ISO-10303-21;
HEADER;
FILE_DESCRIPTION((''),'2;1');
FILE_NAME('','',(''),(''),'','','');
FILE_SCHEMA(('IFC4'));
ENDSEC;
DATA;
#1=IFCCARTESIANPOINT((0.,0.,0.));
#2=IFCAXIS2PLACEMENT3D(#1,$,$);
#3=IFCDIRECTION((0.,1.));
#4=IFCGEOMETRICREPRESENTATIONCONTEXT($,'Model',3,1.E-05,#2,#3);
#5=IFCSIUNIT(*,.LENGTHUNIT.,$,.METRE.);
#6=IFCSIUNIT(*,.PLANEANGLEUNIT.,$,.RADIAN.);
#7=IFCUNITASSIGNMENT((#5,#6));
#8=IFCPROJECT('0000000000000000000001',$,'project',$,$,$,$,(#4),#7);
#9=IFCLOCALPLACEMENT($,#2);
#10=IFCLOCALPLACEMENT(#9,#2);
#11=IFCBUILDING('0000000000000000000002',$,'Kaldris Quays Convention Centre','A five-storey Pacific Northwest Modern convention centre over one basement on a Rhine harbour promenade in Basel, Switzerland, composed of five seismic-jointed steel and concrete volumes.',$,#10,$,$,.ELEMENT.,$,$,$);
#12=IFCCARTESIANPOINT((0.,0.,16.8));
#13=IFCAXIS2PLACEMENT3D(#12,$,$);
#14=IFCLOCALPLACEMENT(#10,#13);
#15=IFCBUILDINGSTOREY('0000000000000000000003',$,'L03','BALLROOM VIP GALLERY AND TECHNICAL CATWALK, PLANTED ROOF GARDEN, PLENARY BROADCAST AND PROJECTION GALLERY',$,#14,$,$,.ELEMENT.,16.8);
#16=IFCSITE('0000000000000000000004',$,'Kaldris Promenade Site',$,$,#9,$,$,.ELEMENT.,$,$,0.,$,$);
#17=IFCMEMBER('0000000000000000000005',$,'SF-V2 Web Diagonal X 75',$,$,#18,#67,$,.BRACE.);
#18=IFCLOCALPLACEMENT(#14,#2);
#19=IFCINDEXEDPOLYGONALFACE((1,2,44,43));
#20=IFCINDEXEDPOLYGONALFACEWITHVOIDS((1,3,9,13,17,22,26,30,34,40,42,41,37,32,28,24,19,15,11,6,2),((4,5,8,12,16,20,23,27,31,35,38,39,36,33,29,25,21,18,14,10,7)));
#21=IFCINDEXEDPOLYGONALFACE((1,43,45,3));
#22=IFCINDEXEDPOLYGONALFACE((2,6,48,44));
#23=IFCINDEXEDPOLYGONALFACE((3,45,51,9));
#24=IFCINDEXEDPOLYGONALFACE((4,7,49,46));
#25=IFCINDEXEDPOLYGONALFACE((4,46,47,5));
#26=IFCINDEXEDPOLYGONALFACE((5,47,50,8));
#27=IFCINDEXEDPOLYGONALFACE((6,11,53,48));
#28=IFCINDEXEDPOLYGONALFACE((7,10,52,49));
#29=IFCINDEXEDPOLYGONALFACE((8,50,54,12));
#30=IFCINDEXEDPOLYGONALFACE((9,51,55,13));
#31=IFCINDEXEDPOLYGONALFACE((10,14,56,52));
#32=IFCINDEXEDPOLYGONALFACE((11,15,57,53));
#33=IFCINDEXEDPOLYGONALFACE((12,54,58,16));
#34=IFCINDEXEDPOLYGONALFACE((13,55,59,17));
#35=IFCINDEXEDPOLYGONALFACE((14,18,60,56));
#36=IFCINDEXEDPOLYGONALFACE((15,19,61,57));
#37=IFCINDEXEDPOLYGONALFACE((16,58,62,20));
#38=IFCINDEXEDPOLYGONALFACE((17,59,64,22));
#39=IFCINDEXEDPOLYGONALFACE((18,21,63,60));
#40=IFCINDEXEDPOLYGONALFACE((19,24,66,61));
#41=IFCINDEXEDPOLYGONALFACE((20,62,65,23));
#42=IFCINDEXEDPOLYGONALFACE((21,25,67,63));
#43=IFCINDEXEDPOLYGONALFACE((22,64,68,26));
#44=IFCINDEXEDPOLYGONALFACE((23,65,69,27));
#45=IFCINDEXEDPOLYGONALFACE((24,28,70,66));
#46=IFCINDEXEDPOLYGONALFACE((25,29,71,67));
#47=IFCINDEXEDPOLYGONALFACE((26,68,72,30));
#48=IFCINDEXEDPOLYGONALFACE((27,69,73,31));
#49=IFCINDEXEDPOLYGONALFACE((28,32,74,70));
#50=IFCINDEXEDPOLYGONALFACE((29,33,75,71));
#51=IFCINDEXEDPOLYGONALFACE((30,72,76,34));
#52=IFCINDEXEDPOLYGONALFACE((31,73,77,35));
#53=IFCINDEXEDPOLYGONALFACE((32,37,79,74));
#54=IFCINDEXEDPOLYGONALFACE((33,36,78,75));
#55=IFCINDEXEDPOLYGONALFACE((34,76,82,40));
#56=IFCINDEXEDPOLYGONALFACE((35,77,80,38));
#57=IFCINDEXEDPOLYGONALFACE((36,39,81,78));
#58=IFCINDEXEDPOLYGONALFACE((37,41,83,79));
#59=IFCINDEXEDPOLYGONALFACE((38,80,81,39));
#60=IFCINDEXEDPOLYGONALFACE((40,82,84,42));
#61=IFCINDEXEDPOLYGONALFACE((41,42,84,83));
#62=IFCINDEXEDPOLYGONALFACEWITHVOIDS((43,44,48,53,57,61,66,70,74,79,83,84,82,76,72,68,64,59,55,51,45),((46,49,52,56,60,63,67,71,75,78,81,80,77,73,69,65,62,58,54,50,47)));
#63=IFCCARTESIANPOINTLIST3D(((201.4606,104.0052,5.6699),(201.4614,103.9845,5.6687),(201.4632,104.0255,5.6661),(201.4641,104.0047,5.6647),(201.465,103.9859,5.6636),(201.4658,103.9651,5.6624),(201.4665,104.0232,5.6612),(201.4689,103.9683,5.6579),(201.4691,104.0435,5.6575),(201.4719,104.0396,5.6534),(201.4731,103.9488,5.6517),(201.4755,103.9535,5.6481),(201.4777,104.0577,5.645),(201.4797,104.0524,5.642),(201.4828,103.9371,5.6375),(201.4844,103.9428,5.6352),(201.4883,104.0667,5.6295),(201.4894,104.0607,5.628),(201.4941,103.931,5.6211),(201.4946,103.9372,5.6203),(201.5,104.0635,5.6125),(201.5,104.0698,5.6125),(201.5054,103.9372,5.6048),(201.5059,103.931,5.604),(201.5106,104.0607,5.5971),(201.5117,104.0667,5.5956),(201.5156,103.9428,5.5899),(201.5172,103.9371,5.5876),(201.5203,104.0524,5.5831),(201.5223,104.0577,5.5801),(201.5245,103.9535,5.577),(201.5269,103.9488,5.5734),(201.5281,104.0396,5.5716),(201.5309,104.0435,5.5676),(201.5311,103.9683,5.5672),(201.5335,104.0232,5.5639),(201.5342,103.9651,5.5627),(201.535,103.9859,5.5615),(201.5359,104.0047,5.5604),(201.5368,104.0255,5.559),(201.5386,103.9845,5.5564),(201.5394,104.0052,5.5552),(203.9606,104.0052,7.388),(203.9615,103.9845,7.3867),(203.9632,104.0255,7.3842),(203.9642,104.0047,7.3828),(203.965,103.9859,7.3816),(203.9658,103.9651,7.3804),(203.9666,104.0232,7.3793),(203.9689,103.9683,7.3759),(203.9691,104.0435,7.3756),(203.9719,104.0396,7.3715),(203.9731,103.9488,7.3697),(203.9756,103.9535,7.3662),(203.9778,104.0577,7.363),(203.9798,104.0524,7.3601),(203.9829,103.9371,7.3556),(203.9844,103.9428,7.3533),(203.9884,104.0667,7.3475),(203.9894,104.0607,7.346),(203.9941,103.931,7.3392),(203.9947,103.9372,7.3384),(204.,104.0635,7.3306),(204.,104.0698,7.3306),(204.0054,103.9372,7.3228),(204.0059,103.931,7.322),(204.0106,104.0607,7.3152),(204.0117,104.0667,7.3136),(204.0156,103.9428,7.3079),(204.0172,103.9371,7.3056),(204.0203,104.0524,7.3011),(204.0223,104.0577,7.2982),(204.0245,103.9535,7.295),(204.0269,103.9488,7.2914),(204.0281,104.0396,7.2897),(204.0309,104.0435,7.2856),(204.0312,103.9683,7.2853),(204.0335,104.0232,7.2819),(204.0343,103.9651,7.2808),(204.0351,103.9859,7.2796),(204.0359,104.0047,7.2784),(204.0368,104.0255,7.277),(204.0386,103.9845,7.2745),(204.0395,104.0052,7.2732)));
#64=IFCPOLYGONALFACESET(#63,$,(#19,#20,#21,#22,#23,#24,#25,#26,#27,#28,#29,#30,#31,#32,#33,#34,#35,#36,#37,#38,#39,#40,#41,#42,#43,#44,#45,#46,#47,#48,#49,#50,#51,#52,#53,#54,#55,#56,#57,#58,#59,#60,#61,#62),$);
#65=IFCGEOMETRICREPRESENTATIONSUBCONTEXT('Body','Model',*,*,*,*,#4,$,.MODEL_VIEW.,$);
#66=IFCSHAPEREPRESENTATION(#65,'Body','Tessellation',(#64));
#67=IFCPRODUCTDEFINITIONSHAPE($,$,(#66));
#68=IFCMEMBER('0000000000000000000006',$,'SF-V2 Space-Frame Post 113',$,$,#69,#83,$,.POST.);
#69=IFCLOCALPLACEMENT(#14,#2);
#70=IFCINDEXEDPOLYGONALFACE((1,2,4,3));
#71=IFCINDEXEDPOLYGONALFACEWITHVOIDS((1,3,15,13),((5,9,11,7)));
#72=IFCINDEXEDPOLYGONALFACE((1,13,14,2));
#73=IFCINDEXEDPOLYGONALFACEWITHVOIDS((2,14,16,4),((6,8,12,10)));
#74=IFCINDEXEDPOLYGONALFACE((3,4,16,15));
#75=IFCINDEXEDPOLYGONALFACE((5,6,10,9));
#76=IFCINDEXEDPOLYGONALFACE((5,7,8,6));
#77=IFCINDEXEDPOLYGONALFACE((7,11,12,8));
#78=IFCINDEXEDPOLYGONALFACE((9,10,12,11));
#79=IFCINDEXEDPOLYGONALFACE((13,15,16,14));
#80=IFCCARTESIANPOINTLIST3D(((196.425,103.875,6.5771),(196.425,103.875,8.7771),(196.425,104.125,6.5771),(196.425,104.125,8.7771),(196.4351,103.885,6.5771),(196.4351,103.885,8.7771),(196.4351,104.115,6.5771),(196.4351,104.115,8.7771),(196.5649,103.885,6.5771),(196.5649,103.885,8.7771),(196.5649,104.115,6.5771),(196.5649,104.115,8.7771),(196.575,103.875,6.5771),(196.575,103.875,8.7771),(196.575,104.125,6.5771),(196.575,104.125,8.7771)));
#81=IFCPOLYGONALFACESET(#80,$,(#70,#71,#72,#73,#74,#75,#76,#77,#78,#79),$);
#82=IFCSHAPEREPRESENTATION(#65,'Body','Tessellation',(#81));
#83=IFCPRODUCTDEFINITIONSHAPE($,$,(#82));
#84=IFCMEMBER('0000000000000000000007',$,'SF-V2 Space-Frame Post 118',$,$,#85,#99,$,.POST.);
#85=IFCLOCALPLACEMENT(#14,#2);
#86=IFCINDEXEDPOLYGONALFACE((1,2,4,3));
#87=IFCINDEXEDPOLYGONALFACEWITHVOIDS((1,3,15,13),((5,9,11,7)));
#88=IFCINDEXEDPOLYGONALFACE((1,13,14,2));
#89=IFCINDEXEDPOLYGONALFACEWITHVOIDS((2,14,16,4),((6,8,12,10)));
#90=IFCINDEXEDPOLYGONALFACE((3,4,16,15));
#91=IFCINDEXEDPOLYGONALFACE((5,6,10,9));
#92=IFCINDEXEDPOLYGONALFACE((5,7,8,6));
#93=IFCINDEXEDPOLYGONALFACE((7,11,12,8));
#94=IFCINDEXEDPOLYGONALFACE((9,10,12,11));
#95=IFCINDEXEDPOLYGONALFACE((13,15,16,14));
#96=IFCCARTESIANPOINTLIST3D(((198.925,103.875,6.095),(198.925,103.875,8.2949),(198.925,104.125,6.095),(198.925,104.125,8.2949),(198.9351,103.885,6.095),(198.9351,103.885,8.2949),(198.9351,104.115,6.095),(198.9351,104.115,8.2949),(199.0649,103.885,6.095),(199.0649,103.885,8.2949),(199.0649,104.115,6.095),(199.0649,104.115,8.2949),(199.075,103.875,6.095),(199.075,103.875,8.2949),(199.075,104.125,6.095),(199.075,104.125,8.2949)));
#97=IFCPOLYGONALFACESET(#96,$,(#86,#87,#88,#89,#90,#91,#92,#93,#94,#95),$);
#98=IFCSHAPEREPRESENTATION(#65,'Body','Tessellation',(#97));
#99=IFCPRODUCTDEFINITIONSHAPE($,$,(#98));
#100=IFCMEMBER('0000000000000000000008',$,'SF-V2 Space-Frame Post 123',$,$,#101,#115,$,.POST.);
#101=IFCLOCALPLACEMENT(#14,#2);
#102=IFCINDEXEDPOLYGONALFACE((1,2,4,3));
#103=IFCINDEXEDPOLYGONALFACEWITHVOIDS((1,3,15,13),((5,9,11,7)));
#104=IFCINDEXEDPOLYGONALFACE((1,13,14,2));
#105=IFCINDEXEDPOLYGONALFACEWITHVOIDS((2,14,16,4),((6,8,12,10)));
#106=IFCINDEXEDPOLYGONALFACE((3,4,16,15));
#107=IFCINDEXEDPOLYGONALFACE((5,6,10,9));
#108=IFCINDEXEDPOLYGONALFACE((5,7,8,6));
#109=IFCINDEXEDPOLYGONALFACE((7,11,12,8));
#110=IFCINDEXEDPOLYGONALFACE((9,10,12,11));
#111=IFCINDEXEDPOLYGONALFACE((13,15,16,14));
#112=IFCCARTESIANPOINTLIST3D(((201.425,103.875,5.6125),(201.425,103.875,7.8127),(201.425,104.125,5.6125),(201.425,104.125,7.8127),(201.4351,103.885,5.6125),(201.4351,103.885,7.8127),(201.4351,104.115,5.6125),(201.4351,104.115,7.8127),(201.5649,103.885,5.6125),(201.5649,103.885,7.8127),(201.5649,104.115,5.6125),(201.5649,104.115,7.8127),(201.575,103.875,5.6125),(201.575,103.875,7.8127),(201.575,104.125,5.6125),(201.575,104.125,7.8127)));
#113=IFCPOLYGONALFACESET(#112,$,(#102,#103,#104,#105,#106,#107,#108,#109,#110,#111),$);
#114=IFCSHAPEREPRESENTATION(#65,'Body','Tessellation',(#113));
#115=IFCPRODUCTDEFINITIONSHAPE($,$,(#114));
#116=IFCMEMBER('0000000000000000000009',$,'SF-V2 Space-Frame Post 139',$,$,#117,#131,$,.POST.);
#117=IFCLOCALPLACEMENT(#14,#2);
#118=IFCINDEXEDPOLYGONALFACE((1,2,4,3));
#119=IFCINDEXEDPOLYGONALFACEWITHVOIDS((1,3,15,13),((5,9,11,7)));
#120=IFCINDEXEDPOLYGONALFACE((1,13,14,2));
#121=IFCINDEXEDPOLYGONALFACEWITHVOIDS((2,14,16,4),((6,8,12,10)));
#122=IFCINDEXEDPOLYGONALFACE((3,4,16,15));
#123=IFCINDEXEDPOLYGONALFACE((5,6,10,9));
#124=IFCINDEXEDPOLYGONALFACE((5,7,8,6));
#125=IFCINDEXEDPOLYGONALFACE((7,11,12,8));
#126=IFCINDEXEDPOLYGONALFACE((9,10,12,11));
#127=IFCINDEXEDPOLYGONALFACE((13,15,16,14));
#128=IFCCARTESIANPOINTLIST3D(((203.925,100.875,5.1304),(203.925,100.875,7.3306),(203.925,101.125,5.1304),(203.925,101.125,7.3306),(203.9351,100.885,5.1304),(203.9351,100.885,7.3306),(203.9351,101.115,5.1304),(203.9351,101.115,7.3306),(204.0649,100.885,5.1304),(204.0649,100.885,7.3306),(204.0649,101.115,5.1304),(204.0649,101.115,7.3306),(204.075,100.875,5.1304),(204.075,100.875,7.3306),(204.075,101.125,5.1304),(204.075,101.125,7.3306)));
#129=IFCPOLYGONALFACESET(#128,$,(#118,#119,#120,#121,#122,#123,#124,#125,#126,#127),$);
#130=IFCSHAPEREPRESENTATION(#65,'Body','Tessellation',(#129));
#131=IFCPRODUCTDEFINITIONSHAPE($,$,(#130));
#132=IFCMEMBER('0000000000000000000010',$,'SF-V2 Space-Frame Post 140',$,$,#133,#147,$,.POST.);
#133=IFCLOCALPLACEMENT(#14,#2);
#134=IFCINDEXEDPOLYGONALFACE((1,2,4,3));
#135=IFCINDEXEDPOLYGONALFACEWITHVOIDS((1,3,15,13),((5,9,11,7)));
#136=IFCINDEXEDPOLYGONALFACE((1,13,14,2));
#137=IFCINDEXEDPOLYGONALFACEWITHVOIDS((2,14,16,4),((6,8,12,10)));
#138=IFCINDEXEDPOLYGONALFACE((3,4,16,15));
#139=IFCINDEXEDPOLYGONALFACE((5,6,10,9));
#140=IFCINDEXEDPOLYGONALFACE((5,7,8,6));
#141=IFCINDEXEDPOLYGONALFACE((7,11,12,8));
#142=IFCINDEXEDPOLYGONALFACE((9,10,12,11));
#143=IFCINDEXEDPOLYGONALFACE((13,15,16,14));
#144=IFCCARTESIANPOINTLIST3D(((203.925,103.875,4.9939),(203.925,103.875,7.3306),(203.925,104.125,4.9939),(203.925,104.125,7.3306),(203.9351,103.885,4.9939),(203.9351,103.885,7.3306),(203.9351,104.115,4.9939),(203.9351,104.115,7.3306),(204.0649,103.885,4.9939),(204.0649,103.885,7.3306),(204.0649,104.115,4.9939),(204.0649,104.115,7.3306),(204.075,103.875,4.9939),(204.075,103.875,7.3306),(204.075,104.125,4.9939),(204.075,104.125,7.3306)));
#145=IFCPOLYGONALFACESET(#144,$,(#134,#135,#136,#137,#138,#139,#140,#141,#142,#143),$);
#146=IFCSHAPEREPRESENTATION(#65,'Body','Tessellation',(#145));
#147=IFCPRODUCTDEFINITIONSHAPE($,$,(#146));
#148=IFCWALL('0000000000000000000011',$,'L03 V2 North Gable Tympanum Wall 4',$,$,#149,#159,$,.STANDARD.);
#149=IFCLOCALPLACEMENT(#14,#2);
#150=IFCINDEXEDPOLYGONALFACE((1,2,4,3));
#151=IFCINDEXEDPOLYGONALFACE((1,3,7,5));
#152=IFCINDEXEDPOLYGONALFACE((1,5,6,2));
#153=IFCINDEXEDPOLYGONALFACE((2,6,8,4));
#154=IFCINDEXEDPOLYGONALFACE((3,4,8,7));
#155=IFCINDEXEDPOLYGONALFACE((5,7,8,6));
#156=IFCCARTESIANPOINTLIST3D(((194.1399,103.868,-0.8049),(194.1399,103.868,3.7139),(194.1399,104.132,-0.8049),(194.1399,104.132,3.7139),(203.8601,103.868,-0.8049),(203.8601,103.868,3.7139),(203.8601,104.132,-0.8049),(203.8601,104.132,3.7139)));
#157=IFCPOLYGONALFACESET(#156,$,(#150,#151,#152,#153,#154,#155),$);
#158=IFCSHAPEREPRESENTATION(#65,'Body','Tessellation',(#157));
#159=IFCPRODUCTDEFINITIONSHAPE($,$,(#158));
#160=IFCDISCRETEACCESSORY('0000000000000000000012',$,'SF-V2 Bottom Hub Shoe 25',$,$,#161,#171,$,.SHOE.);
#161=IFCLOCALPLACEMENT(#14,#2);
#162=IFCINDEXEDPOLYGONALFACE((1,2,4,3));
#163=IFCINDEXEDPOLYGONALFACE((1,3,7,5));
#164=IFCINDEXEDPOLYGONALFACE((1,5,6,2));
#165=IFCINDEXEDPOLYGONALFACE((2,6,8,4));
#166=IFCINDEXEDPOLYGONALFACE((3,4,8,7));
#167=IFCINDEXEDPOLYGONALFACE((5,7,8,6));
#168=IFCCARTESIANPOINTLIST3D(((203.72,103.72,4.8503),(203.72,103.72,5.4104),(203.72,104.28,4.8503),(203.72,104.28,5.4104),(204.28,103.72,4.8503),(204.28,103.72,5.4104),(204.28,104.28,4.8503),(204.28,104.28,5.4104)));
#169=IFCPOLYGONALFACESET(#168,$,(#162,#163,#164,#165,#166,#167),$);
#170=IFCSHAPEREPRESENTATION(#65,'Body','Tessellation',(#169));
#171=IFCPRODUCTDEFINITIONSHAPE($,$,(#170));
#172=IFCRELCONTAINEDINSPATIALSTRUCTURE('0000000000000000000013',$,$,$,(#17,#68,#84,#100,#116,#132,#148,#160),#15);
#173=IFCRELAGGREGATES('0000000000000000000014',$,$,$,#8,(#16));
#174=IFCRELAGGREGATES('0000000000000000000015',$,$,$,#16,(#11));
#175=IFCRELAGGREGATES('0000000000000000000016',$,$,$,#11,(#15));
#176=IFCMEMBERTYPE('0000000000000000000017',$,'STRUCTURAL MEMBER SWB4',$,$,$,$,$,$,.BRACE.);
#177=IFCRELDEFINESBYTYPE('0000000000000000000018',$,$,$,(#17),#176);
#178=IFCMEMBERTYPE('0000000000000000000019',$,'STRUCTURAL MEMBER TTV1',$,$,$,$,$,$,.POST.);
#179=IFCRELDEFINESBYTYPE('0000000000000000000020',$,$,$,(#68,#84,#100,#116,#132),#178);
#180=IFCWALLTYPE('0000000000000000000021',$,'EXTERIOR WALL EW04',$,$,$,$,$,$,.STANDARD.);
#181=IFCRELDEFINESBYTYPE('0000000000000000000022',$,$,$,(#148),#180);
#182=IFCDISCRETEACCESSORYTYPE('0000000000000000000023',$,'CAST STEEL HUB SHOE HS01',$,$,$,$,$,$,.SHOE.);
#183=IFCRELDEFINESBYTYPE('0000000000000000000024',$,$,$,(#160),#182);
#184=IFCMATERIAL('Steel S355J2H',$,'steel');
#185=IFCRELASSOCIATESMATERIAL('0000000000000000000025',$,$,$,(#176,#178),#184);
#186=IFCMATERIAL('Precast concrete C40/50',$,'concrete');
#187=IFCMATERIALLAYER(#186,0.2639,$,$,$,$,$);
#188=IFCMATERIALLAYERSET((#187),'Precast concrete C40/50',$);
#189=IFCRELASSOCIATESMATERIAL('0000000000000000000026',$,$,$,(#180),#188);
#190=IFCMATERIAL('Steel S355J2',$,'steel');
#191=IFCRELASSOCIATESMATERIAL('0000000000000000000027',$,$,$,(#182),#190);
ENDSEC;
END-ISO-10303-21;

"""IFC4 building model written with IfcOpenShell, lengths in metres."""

from ifc_helpers import new_model, si_unit, direction, frame, frame_2d, origin, origin_2d, place, context, subcontext, project, spatial, rectangle, hollow_rectangle, hollow_circle, extrude, material, layer, layer_set, material_profile, profile_set, type_object, element, save


model = new_model("IFC4")

# Units and contexts
model_context = context("Model", 3, precision=1e-05, world=origin(), true_north=direction((0.0, 1.0)))
body_context = subcontext(model_context, "Body", "Model", "MODEL_VIEW")
ifc_project = project(units=[si_unit("LENGTHUNIT", "METRE"), si_unit("PLANEANGLEUNIT", "RADIAN")], contexts=[model_context])

# Site, building, storey
site_placement = place(None, origin())
site = spatial("IfcSite", under=ifc_project, at=site_placement, Name="Kaldris Promenade Site", CompositionType="ELEMENT", RefElevation=0.0)
building_placement = place(site_placement, origin())
building = spatial("IfcBuilding", under=site, at=building_placement, Name="Kaldris Quays Convention Centre", Description="A five-storey Pacific Northwest Modern convention centre over one basement on a Rhine harbour promenade in Basel, Switzerland, composed of five seismic-jointed steel and concrete volumes.", CompositionType="ELEMENT")
storey_placement = place(building_placement, frame((0.0, 0.0, 16.8)))
storey = spatial("IfcBuildingStorey", under=building, at=storey_placement, Name="L03", Description="BALLROOM VIP GALLERY AND TECHNICAL CATWALK, PLANTED ROOF GARDEN, PLENARY BROADCAST AND PROJECTION GALLERY", CompositionType="ELEMENT", Elevation=16.8)

# Shared definitions
ifc_material_1 = material(Name="Steel S355J2", Category="steel")

# Members
ifc_material_2 = material(Name="Steel S355J2H", Category="steel")
ifc_material_profile_1 = material_profile(ifc_material_2, hollow_circle(Radius=0.0698, WallThickness=0.0063, at=origin_2d()), Name="CHS 139.7x6.3")
ifc_profile_set_1 = profile_set([ifc_material_profile_1], Name="Steel S355J2H")
member_type_1 = type_object("IfcMemberType", Name="STRUCTURAL MEMBER SWB4", PredefinedType="BRACE", material=ifc_profile_set_1)
member_1_placement = place(storey_placement, frame((201.5, 104.0, 5.6125), z_axis=(0.824155, 0.0, 0.566365), x_axis=(0.0, 1.0, 0.0)))
element("IfcMember", 1, at=member_1_placement, inside=storey, type_object=member_type_1, Name="SF-V2 Web Diagonal X 75", PredefinedType="BRACE", context=body_context, shape_type="SweptSolid", body=[
    extrude(hollow_circle(Radius=0.0698, WallThickness=0.0063, at=origin_2d()), origin(), (0.0, 0.0, 1.0), 3.0334),
])
ifc_material_profile_2 = material_profile(ifc_material_2, hollow_rectangle(XDim=0.1499, YDim=0.25, WallThickness=0.01, at=origin_2d()), Name="RHS 250x150x10")
ifc_profile_set_2 = profile_set([ifc_material_profile_2], Name="Steel S355J2H")
member_type_2 = type_object("IfcMemberType", Name="STRUCTURAL MEMBER TTV1", PredefinedType="POST", material=ifc_profile_set_2)
for number, where, z_axis, x_axis, name in (
    (2, (196.5, 104.0, 6.5771), (0.0, 0.0, 1.0), (1.0, 0.0, 0.0), "SF-V2 Space-Frame Post 113"),
    (3, (199.0, 104.0, 6.095), (0.0, 0.0, 1.0), (1.0, 0.0, 0.0), "SF-V2 Space-Frame Post 118"),
):
    element("IfcMember", number, at=place(storey_placement, frame(where, z_axis=z_axis, x_axis=x_axis)), inside=storey, type_object=member_type_2, Name=name, PredefinedType="POST", context=body_context, shape_type="SweptSolid", body=[
        extrude(hollow_rectangle(XDim=0.1499, YDim=0.25, WallThickness=0.01, at=origin_2d()), origin(), (0.0, 0.0, 1.0), 2.2),
    ])
for number, where, z_axis, x_axis, name in (
    (4, (201.5, 104.0, 5.6125), (0.0, 0.0, 1.0), (1.0, 0.0, 0.0), "SF-V2 Space-Frame Post 123"),
    (5, (204.0, 101.0, 5.1304), (0.0, 0.0, 1.0), (1.0, 0.0, 0.0), "SF-V2 Space-Frame Post 139"),
):
    element("IfcMember", number, at=place(storey_placement, frame(where, z_axis=z_axis, x_axis=x_axis)), inside=storey, type_object=member_type_2, Name=name, PredefinedType="POST", context=body_context, shape_type="SweptSolid", body=[
        extrude(hollow_rectangle(XDim=0.1499, YDim=0.25, WallThickness=0.01, at=origin_2d()), origin(), (0.0, 0.0, 1.0), 2.2002),
    ])
member_2_placement = place(storey_placement, frame((204.0, 104.0, 4.9939), z_axis=(0.0, 0.0, 1.0), x_axis=(1.0, 0.0, 0.0)))
element("IfcMember", 6, at=member_2_placement, inside=storey, type_object=member_type_2, Name="SF-V2 Space-Frame Post 140", PredefinedType="POST", context=body_context, shape_type="SweptSolid", body=[
    extrude(hollow_rectangle(XDim=0.1499, YDim=0.25, WallThickness=0.01, at=origin_2d()), origin(), (0.0, 0.0, 1.0), 2.3367),
])

# Wall
ifc_material_3 = material(Name="Precast concrete C40/50", Category="concrete")
ifc_layer = layer(ifc_material_3, 0.2639)
ifc_layer_set = layer_set([ifc_layer], Name="Precast concrete C40/50")
wall_type = type_object("IfcWallType", Name="EXTERIOR WALL EW04", PredefinedType="STANDARD", material=ifc_layer_set)
wall_placement = place(storey_placement, frame((194.1399, 104.0, -0.8049), z_axis=(0.0, 0.0, 1.0), x_axis=(1.0, 0.0, 0.0)))
element("IfcWall", 7, at=wall_placement, inside=storey, type_object=wall_type, Name="L03 V2 North Gable Tympanum Wall 4", PredefinedType="STANDARD", context=body_context, shape_type="SweptSolid", body=[
    extrude(rectangle(XDim=9.7202, YDim=0.2639, at=frame_2d((4.8601, 0.0))), origin(), (0.0, 0.0, 1.0), 4.5188),
])

# Discrete accessory
discrete_accessory_type = type_object("IfcDiscreteAccessoryType", Name="CAST STEEL HUB SHOE HS01", PredefinedType="SHOE", material=ifc_material_1)
discrete_accessory_placement = place(storey_placement, frame((204.0, 104.0, 4.8503), z_axis=(0.0, 0.0, 1.0), x_axis=(1.0, 0.0, 0.0)))
element("IfcDiscreteAccessory", 8, at=discrete_accessory_placement, inside=storey, type_object=discrete_accessory_type, Name="SF-V2 Bottom Hub Shoe 25", PredefinedType="SHOE", context=body_context, shape_type="SweptSolid", body=[
    extrude(rectangle(XDim=0.5601, YDim=0.5601, at=origin_2d()), origin(), (0.0, 0.0, 1.0), 0.5601),
])

save(model, "model.ifc")
